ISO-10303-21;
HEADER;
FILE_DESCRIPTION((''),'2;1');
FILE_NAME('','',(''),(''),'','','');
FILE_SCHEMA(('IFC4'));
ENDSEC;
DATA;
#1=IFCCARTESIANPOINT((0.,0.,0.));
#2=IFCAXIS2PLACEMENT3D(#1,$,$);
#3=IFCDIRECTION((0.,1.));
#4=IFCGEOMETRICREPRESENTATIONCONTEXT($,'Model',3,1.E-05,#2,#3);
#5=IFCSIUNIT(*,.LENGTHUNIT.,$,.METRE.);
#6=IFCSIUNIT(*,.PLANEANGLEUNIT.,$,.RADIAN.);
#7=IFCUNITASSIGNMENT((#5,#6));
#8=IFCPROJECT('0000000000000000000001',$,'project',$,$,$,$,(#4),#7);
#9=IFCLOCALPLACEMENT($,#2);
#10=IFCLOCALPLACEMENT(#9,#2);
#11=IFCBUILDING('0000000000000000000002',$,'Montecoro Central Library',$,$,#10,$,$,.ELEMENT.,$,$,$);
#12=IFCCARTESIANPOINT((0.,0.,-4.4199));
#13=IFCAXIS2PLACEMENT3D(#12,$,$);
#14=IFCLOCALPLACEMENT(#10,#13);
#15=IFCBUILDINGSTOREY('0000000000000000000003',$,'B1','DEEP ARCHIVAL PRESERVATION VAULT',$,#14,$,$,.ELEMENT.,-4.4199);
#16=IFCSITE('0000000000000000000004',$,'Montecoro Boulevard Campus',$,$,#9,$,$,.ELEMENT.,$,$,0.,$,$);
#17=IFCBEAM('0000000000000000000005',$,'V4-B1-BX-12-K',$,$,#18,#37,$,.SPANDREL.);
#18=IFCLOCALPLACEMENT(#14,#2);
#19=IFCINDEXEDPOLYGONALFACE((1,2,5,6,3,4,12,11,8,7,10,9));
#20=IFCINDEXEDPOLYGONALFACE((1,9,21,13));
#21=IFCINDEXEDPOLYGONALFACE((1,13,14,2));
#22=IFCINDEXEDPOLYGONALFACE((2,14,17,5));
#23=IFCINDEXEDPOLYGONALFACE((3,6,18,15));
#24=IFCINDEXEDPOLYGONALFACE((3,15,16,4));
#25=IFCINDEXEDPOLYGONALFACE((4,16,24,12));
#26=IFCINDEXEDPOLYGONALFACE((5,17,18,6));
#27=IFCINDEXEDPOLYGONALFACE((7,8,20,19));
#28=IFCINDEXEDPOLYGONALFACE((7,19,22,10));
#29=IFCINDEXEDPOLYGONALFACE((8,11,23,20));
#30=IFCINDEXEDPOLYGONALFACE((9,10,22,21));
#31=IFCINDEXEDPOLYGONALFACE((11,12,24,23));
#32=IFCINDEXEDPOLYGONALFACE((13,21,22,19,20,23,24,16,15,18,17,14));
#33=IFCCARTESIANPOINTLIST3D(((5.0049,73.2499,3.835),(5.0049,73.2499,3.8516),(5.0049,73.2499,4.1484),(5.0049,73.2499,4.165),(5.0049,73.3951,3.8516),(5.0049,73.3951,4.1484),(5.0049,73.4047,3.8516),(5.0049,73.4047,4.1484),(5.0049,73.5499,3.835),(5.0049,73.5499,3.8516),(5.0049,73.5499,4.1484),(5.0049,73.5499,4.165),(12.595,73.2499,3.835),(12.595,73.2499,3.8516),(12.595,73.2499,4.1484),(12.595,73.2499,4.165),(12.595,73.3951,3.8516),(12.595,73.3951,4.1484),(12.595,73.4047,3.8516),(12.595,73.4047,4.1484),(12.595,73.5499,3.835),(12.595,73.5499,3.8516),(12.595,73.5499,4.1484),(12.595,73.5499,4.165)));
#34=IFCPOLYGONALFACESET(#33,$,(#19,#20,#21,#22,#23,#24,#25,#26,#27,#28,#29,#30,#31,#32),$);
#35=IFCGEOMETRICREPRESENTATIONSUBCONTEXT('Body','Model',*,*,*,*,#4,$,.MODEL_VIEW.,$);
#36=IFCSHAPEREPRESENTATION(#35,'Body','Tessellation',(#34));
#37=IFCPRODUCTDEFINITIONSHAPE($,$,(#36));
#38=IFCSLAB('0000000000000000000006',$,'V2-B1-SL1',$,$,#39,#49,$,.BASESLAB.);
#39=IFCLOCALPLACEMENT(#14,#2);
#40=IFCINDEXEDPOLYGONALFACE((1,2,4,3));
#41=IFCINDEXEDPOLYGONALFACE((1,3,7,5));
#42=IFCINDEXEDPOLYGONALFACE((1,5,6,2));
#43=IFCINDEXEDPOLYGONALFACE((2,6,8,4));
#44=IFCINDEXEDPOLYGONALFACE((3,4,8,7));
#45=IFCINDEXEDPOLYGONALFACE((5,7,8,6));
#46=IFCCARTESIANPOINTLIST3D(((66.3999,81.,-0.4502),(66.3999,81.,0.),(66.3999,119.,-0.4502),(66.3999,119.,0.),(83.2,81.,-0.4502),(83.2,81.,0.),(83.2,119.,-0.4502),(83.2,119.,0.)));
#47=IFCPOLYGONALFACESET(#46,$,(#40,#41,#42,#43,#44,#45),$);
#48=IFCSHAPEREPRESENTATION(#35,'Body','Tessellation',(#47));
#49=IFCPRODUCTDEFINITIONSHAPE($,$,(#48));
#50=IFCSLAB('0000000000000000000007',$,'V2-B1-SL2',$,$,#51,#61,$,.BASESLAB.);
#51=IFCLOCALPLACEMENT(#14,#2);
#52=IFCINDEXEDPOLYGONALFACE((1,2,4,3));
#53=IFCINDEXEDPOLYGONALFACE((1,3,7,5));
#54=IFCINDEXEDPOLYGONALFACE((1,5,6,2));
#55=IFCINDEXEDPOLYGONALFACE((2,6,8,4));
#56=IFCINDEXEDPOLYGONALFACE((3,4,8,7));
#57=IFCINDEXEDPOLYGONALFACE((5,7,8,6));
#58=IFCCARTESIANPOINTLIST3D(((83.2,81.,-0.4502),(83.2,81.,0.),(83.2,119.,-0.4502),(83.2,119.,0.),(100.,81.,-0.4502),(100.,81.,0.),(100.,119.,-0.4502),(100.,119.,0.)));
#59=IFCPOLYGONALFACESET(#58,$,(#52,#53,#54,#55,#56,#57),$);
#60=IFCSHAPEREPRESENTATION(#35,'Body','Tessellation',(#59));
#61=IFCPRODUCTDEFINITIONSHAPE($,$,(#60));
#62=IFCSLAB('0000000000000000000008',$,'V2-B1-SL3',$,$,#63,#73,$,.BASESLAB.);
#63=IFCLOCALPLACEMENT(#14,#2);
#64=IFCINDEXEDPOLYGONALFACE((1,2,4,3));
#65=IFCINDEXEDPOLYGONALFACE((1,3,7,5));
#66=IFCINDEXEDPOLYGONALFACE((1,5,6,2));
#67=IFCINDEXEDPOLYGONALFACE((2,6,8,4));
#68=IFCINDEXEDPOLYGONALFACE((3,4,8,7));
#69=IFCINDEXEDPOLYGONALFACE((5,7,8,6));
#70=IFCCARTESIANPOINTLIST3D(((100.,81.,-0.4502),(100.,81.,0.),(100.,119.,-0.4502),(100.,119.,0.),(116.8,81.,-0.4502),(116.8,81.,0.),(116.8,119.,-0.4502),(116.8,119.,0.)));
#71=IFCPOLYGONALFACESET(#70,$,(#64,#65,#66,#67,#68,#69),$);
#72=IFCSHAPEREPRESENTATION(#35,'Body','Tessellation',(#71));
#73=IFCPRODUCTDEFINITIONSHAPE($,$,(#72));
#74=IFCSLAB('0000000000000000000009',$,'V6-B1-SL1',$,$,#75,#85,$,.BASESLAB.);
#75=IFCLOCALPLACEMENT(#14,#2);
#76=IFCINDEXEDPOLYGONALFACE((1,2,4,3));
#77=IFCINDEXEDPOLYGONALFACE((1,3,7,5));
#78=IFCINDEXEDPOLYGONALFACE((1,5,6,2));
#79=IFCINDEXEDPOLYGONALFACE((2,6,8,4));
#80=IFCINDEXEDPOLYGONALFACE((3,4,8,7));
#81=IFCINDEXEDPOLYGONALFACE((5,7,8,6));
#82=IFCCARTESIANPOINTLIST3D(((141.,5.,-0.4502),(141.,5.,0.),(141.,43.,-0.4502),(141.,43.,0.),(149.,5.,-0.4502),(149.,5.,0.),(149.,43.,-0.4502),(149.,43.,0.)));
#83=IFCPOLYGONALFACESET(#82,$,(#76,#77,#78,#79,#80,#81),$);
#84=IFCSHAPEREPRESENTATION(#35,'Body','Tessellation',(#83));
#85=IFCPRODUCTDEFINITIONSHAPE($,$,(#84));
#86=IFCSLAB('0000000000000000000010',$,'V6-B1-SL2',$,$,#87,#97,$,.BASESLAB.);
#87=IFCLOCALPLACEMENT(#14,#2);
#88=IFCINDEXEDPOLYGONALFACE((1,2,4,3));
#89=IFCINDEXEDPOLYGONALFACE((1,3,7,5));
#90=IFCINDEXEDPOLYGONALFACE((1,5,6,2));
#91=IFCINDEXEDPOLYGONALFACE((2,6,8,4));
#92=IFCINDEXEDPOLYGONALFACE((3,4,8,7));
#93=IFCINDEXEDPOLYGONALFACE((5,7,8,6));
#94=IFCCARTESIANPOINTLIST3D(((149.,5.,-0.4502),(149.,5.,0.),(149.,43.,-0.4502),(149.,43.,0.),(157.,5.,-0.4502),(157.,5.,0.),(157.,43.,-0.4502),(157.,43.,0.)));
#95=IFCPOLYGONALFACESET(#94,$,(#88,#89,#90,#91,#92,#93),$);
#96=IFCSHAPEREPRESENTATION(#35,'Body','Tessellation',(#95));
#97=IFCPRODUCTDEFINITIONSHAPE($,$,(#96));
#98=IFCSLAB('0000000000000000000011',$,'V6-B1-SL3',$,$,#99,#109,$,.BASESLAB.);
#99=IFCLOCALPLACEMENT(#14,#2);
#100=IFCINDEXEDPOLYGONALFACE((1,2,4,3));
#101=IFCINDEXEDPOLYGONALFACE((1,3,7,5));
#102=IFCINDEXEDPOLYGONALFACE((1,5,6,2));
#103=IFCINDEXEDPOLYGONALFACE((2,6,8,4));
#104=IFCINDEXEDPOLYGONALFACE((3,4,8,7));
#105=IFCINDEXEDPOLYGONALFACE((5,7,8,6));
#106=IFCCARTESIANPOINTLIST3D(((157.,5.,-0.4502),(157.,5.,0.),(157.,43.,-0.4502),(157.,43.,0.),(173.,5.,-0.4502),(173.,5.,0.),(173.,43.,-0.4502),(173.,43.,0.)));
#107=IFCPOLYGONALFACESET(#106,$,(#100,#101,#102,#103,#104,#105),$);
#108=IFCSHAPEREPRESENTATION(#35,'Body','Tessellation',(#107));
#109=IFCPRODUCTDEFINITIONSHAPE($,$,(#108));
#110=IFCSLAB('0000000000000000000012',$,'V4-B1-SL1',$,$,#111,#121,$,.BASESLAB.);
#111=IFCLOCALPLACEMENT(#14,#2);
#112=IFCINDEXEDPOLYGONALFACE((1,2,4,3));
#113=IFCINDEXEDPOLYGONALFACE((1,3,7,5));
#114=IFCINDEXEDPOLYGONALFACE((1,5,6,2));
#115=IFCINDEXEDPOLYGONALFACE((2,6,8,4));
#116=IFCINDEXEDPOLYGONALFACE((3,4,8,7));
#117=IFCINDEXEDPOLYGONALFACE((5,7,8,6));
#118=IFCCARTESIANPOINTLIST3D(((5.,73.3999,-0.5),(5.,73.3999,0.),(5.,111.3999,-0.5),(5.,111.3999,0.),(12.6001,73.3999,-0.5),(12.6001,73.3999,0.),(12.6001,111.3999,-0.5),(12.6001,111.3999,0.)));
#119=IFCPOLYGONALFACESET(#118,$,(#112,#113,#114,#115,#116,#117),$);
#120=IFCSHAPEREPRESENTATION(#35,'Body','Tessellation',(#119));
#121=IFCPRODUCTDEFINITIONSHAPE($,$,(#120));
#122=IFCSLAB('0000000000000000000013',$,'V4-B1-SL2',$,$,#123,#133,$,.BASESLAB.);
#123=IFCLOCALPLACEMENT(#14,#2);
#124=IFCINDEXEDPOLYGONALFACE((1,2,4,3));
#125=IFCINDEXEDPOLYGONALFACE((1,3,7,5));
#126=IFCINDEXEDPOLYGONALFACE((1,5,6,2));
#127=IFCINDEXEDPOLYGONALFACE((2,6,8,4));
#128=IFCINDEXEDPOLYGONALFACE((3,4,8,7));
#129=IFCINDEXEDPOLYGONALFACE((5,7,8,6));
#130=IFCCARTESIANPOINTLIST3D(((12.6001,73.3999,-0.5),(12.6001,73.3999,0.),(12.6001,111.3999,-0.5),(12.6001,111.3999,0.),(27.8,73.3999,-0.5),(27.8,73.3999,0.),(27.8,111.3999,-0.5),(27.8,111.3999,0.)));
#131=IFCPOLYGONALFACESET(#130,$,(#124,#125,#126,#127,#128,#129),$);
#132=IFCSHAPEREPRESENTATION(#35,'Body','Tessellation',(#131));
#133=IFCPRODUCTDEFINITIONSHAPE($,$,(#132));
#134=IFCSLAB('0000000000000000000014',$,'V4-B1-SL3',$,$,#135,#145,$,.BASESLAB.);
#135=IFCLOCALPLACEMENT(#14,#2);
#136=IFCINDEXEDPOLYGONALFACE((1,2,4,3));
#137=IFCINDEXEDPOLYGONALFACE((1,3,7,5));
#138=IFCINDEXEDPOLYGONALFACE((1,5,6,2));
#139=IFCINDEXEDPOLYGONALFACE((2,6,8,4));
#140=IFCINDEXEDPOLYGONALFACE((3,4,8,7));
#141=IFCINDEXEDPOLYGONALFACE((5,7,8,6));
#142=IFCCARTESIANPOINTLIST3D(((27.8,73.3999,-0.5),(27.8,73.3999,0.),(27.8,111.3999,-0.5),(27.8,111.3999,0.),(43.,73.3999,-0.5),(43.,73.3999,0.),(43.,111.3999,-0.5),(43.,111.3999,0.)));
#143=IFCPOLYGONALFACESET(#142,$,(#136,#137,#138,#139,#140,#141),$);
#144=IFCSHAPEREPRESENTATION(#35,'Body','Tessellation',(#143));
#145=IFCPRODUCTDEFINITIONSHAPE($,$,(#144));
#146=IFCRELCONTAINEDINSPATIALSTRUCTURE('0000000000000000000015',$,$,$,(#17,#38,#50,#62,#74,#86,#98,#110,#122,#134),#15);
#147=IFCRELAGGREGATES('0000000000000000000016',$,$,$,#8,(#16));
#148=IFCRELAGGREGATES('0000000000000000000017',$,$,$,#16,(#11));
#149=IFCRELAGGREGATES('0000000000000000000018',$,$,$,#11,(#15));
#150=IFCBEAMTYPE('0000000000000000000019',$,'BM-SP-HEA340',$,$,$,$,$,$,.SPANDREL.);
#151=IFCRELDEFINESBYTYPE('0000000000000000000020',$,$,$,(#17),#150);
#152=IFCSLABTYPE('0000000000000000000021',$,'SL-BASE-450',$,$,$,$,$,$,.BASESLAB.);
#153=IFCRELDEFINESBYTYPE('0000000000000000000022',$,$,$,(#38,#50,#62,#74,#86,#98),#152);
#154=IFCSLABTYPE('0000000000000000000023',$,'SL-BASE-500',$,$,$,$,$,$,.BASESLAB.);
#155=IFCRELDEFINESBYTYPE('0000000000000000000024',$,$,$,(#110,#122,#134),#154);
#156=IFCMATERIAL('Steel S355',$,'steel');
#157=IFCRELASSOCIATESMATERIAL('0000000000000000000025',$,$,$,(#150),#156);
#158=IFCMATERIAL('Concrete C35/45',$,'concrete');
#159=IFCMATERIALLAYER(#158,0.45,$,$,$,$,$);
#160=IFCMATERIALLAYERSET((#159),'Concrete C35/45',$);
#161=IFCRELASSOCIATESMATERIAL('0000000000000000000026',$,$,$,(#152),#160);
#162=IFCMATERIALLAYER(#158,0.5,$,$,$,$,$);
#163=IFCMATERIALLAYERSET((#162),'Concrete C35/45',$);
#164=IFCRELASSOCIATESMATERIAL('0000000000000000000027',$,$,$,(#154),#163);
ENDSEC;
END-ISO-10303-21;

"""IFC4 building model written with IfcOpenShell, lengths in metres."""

from ifc_helpers import new_model, si_unit, direction, frame, origin, origin_2d, place, context, subcontext, project, spatial, polyline, i_section, outline, extrude, material, layer, layer_set, material_profile, profile_set, type_object, element, save


model = new_model("IFC4")

# Units and contexts
model_context = context("Model", 3, precision=1e-05, world=origin(), true_north=direction((0.0, 1.0)))
body_context = subcontext(model_context, "Body", "Model", "MODEL_VIEW")
ifc_project = project(units=[si_unit("LENGTHUNIT", "METRE"), si_unit("PLANEANGLEUNIT", "RADIAN")], contexts=[model_context])

# Site, building, storey
site_placement = place(None, origin())
site = spatial("IfcSite", under=ifc_project, at=site_placement, Name="Montecoro Boulevard Campus", CompositionType="ELEMENT", RefElevation=0.0)
building_placement = place(site_placement, origin())
building = spatial("IfcBuilding", under=site, at=building_placement, Name="Montecoro Central Library", CompositionType="ELEMENT")
storey_placement = place(building_placement, frame((0.0, 0.0, -4.4199)))
storey = spatial("IfcBuildingStorey", under=building, at=storey_placement, Name="B1", Description="DEEP ARCHIVAL PRESERVATION VAULT", CompositionType="ELEMENT", Elevation=-4.4199)

# Shared definitions
ifc_material_1 = material(Name="Concrete C35/45", Category="concrete")

# Beam
ifc_material_2 = material(Name="Steel S355", Category="steel")
ifc_material_profile_1 = material_profile(ifc_material_2, i_section(OverallWidth=0.3, OverallDepth=0.3301, WebThickness=0.0095, FlangeThickness=0.0166, at=origin_2d()), Name="HEA 340")
ifc_profile_set_1 = profile_set([ifc_material_profile_1], Name="Steel S355")
beam_type = type_object("IfcBeamType", Name="BM-SP-HEA340", PredefinedType="SPANDREL", material=ifc_profile_set_1)
beam_placement = place(storey_placement, frame((5.0049, 73.3999, 4.0), z_axis=(1.0, 0.0, 0.0), x_axis=(0.0, 1.0, 0.0)))
element("IfcBeam", 1, at=beam_placement, inside=storey, type_object=beam_type, Name="V4-B1-BX-12-K", PredefinedType="SPANDREL", context=body_context, shape_type="SweptSolid", body=[
    extrude(i_section(OverallWidth=0.3, OverallDepth=0.3301, WebThickness=0.0095, FlangeThickness=0.0166, at=origin_2d()), origin(), (0.0, 0.0, 1.0), 7.5901),
])

# Slabs
ifc_layer_1 = layer(ifc_material_1, 0.45)
ifc_layer_set_1 = layer_set([ifc_layer_1], Name="Concrete C35/45")
slab_type_1 = type_object("IfcSlabType", Name="SL-BASE-450", PredefinedType="BASESLAB", material=ifc_layer_set_1)
slab_1_placement = place(storey_placement, frame((0.0, 0.0, -0.4502)))
element("IfcSlab", 2, at=slab_1_placement, inside=storey, type_object=slab_type_1, Name="V2-B1-SL1", PredefinedType="BASESLAB", context=body_context, shape_type="SweptSolid", body=[
    extrude(outline(polyline([(66.3999, 81.0), (83.2, 81.0), (83.2, 119.0), (66.3999, 119.0), (66.3999, 81.0)])), origin(), (0.0, 0.0, 1.0), 0.4502),
])
slab_2_placement = place(storey_placement, frame((0.0, 0.0, -0.4502)))
element("IfcSlab", 3, at=slab_2_placement, inside=storey, type_object=slab_type_1, Name="V2-B1-SL2", PredefinedType="BASESLAB", context=body_context, shape_type="SweptSolid", body=[
    extrude(outline(polyline([(83.2, 81.0), (100.0, 81.0), (100.0, 119.0), (83.2, 119.0), (83.2, 81.0)])), origin(), (0.0, 0.0, 1.0), 0.4502),
])
slab_3_placement = place(storey_placement, frame((0.0, 0.0, -0.4502)))
element("IfcSlab", 4, at=slab_3_placement, inside=storey, type_object=slab_type_1, Name="V2-B1-SL3", PredefinedType="BASESLAB", context=body_context, shape_type="SweptSolid", body=[
    extrude(outline(polyline([(100.0, 81.0), (116.8, 81.0), (116.8, 119.0), (100.0, 119.0), (100.0, 81.0)])), origin(), (0.0, 0.0, 1.0), 0.4502),
])
slab_4_placement = place(storey_placement, frame((0.0, 0.0, -0.4502)))
element("IfcSlab", 5, at=slab_4_placement, inside=storey, type_object=slab_type_1, Name="V6-B1-SL1", PredefinedType="BASESLAB", context=body_context, shape_type="SweptSolid", body=[
    extrude(outline(polyline([(141.0, 5.0), (149.0, 5.0), (149.0, 43.0), (141.0, 43.0), (141.0, 5.0)])), origin(), (0.0, 0.0, 1.0), 0.4502),
])
slab_5_placement = place(storey_placement, frame((0.0, 0.0, -0.4502)))
element("IfcSlab", 6, at=slab_5_placement, inside=storey, type_object=slab_type_1, Name="V6-B1-SL2", PredefinedType="BASESLAB", context=body_context, shape_type="SweptSolid", body=[
    extrude(outline(polyline([(149.0, 5.0), (157.0, 5.0), (157.0, 43.0), (149.0, 43.0), (149.0, 5.0)])), origin(), (0.0, 0.0, 1.0), 0.4502),
])
slab_6_placement = place(storey_placement, frame((0.0, 0.0, -0.4502)))
element("IfcSlab", 7, at=slab_6_placement, inside=storey, type_object=slab_type_1, Name="V6-B1-SL3", PredefinedType="BASESLAB", context=body_context, shape_type="SweptSolid", body=[
    extrude(outline(polyline([(157.0, 5.0), (173.0, 5.0), (173.0, 43.0), (157.0, 43.0), (157.0, 5.0)])), origin(), (0.0, 0.0, 1.0), 0.4502),
])
ifc_layer_2 = layer(ifc_material_1, 0.5)
ifc_layer_set_2 = layer_set([ifc_layer_2], Name="Concrete C35/45")
slab_type_2 = type_object("IfcSlabType", Name="SL-BASE-500", PredefinedType="BASESLAB", material=ifc_layer_set_2)
slab_7_placement = place(storey_placement, frame((0.0, 0.0, -0.5)))
element("IfcSlab", 8, at=slab_7_placement, inside=storey, type_object=slab_type_2, Name="V4-B1-SL1", PredefinedType="BASESLAB", context=body_context, shape_type="SweptSolid", body=[
    extrude(outline(polyline([(5.0, 73.3999), (12.6001, 73.3999), (12.6001, 111.3999), (5.0, 111.3999), (5.0, 73.3999)])), origin(), (0.0, 0.0, 1.0), 0.5),
])
slab_8_placement = place(storey_placement, frame((0.0, 0.0, -0.5)))
element("IfcSlab", 9, at=slab_8_placement, inside=storey, type_object=slab_type_2, Name="V4-B1-SL2", PredefinedType="BASESLAB", context=body_context, shape_type="SweptSolid", body=[
    extrude(outline(polyline([(12.6001, 73.3999), (27.8, 73.3999), (27.8, 111.3999), (12.6001, 111.3999), (12.6001, 73.3999)])), origin(), (0.0, 0.0, 1.0), 0.5),
])
slab_9_placement = place(storey_placement, frame((0.0, 0.0, -0.5)))
element("IfcSlab", 10, at=slab_9_placement, inside=storey, type_object=slab_type_2, Name="V4-B1-SL3", PredefinedType="BASESLAB", context=body_context, shape_type="SweptSolid", body=[
    extrude(outline(polyline([(27.8, 73.3999), (43.0, 73.3999), (43.0, 111.3999), (27.8, 111.3999), (27.8, 73.3999)])), origin(), (0.0, 0.0, 1.0), 0.5),
])

save(model, "model.ifc")
